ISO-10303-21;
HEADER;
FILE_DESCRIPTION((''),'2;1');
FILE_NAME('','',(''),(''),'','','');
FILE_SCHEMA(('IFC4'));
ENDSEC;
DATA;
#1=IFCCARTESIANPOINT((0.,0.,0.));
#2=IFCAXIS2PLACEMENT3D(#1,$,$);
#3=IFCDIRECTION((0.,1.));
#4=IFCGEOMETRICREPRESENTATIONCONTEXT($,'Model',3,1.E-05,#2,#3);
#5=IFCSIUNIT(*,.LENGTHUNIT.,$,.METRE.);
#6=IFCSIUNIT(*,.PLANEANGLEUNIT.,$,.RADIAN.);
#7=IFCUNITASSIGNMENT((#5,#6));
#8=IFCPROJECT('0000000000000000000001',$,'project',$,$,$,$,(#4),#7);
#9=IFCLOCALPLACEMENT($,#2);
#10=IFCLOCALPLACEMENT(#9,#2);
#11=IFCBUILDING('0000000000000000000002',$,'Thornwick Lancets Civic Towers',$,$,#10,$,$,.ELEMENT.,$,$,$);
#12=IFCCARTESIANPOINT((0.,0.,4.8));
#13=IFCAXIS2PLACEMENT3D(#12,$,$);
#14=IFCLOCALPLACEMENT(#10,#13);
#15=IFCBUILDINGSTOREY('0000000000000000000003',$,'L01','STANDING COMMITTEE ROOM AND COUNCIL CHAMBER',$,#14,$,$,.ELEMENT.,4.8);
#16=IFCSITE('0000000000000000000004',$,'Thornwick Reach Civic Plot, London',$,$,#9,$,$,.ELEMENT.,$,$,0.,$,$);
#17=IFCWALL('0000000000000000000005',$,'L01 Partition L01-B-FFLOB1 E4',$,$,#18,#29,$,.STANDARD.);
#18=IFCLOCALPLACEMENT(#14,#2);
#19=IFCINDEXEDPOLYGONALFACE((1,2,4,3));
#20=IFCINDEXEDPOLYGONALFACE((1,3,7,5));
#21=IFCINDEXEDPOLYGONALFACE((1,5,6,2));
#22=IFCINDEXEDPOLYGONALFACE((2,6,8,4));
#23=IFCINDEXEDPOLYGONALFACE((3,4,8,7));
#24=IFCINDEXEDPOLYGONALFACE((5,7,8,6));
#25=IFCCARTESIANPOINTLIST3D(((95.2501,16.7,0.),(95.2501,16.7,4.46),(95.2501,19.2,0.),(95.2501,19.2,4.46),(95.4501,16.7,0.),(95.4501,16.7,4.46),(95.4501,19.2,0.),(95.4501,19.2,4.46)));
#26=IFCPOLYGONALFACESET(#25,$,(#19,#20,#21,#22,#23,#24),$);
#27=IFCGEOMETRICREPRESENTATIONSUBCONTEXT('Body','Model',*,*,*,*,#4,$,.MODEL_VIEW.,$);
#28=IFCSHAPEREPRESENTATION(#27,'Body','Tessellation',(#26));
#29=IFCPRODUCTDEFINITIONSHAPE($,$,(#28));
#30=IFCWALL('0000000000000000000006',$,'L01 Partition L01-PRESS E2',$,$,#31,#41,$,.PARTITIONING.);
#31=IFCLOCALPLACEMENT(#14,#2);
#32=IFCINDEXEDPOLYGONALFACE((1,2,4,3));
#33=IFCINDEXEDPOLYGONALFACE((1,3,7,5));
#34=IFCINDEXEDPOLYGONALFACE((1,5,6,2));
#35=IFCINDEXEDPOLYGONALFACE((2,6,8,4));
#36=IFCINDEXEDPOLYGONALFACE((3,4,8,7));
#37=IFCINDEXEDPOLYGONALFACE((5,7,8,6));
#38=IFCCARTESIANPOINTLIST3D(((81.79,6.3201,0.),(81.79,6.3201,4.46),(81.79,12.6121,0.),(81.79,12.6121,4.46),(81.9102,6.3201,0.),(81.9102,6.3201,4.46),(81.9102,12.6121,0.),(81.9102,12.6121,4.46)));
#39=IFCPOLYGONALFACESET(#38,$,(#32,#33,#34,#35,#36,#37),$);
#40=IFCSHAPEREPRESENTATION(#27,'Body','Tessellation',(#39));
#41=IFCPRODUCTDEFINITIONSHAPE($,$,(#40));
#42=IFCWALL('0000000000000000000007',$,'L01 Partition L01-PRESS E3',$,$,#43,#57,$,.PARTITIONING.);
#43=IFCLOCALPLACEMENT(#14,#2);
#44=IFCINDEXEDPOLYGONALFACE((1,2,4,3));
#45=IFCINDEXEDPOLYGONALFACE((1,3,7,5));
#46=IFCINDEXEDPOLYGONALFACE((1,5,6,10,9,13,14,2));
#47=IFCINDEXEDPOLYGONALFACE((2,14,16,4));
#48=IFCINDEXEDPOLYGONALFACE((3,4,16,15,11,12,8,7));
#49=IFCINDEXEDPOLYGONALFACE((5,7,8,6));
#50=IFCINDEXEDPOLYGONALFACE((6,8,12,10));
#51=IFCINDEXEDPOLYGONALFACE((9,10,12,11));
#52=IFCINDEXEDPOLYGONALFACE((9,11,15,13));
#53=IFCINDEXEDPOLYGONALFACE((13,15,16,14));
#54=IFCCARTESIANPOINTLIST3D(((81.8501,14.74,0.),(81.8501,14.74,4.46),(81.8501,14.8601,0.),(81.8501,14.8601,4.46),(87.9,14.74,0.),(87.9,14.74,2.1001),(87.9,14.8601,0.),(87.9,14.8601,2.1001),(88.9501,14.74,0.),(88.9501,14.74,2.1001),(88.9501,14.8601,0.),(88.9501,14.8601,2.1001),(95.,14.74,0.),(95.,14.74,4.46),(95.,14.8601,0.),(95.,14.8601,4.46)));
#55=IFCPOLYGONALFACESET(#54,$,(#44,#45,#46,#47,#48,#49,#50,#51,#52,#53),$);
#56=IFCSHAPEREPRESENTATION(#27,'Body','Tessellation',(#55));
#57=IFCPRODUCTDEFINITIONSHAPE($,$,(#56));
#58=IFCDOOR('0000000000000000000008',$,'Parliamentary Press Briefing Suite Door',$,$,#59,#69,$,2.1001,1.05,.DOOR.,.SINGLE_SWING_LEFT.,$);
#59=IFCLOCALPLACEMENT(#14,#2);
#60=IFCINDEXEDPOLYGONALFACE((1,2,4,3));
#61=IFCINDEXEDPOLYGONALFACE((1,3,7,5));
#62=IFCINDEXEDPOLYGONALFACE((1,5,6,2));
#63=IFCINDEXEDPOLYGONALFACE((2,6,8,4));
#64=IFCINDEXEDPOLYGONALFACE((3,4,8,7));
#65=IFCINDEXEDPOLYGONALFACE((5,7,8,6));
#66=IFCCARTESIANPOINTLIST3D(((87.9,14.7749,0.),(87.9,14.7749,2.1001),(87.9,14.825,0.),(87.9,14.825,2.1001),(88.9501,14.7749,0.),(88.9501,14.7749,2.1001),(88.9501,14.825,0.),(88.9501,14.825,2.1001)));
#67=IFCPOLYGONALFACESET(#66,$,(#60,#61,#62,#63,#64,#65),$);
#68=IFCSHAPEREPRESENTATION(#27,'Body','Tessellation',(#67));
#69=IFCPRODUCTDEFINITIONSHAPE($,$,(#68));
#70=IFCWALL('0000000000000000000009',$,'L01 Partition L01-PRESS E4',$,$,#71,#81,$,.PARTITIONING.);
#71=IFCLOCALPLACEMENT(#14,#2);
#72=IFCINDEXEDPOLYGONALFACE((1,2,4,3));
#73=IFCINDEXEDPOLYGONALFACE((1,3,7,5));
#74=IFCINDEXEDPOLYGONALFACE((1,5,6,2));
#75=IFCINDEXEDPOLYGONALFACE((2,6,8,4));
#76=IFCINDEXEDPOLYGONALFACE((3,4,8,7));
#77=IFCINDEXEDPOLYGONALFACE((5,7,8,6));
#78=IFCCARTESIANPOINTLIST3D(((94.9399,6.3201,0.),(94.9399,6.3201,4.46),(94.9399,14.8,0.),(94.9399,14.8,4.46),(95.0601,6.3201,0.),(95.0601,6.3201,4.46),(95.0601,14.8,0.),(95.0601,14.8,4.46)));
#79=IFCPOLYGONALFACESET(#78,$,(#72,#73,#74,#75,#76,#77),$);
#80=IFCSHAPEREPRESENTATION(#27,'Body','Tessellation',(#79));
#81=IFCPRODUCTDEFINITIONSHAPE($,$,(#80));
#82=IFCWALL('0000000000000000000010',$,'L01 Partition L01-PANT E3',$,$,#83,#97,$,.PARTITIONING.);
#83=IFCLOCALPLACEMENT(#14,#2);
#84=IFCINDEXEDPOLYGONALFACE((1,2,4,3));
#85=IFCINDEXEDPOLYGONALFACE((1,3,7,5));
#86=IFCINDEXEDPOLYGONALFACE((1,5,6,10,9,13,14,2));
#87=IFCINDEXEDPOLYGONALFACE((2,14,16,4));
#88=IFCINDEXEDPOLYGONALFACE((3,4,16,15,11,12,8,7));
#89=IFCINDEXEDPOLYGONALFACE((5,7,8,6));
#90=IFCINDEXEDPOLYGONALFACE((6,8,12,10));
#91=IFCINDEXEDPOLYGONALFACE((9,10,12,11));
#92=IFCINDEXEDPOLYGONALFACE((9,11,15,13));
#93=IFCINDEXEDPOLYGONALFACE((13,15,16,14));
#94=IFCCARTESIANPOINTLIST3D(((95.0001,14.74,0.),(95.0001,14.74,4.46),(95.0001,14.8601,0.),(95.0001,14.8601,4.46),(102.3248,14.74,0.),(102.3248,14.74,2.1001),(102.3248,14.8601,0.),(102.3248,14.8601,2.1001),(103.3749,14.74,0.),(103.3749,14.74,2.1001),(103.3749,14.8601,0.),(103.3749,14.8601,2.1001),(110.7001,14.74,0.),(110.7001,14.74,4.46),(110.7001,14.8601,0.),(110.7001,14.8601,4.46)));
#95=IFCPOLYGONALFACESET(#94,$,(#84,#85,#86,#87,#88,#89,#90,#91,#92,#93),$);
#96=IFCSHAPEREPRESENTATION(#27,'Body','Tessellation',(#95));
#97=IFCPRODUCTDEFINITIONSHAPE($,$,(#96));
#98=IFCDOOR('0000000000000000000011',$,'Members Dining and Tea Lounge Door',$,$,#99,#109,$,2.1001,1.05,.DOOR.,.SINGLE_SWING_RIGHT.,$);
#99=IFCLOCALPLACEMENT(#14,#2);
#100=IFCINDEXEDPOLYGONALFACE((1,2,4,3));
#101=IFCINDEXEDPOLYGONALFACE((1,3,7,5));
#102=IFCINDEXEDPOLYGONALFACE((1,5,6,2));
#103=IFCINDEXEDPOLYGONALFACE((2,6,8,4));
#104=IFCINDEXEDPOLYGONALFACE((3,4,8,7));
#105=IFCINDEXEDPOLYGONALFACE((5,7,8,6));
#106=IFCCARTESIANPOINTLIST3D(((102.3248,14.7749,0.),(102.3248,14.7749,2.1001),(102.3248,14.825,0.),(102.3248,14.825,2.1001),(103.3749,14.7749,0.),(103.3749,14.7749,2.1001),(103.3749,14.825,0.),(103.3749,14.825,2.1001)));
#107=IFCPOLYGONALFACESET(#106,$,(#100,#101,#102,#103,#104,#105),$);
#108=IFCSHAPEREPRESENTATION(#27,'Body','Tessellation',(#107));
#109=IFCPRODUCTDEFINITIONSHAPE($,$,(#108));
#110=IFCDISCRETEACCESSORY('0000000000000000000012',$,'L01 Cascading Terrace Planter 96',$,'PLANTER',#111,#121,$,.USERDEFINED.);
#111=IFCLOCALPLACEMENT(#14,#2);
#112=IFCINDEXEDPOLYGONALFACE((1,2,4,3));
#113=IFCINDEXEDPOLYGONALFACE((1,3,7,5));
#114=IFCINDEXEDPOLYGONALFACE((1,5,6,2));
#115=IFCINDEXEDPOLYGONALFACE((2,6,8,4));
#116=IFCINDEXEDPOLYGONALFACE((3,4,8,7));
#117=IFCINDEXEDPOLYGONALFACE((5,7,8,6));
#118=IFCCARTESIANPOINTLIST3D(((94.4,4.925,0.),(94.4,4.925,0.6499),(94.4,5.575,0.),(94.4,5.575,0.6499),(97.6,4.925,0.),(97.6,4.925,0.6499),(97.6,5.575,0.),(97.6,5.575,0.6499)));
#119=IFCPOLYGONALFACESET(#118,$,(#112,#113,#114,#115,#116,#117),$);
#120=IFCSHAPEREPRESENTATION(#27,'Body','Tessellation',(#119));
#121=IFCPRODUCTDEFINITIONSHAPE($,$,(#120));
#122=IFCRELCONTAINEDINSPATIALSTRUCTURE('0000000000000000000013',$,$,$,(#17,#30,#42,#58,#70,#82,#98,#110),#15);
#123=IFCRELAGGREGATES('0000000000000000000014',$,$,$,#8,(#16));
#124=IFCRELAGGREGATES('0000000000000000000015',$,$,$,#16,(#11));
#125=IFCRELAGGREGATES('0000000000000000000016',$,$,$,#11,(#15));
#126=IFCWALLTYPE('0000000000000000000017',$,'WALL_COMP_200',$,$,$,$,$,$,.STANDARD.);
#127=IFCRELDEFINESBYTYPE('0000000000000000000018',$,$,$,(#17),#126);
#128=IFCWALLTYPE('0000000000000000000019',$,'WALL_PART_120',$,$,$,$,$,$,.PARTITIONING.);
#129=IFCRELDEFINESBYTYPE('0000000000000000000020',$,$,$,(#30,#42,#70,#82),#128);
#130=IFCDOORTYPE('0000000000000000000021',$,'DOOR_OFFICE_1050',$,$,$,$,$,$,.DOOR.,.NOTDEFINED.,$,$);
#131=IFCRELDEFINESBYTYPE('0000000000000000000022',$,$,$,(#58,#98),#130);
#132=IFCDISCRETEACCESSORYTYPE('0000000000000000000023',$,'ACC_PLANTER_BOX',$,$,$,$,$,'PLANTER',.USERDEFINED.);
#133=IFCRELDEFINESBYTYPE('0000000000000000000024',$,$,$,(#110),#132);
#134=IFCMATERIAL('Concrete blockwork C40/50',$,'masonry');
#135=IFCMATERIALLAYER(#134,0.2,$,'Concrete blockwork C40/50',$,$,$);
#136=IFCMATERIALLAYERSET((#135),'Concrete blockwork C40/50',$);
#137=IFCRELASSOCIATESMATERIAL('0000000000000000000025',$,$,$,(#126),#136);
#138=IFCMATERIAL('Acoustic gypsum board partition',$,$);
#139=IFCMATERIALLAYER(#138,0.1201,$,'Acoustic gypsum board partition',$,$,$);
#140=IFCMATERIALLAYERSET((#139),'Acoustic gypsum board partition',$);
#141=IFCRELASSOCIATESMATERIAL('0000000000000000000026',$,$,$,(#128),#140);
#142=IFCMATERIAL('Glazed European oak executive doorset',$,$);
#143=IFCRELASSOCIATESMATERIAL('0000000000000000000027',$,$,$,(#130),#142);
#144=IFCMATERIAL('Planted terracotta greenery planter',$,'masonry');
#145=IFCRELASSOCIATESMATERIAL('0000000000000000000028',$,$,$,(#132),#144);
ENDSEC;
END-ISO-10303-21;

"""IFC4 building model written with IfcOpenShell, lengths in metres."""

from ifc_helpers import new_model, si_unit, direction, frame, frame_2d, origin, origin_2d, place, context, subcontext, project, spatial, rectangle, extrude, material, layer, layer_set, type_object, element, fill, save


model = new_model("IFC4")

# Units and contexts
model_context = context("Model", 3, precision=1e-05, world=origin(), true_north=direction((0.0, 1.0)))
body_context = subcontext(model_context, "Body", "Model", "MODEL_VIEW")
ifc_project = project(units=[si_unit("LENGTHUNIT", "METRE"), si_unit("PLANEANGLEUNIT", "RADIAN")], contexts=[model_context])

# Site, building, storey
site_placement = place(None, origin())
site = spatial("IfcSite", under=ifc_project, at=site_placement, Name="Thornwick Reach Civic Plot, London", CompositionType="ELEMENT", RefElevation=0.0)
building_placement = place(site_placement, origin())
building = spatial("IfcBuilding", under=site, at=building_placement, Name="Thornwick Lancets Civic Towers", CompositionType="ELEMENT")
storey_placement = place(building_placement, frame((0.0, 0.0, 4.8)))
storey = spatial("IfcBuildingStorey", under=building, at=storey_placement, Name="L01", Description="STANDING COMMITTEE ROOM AND COUNCIL CHAMBER", CompositionType="ELEMENT", Elevation=4.8)

# Shared definitions
ifc_material_1 = material(Name="Concrete blockwork C40/50", Category="masonry")
ifc_layer_1 = layer(ifc_material_1, 0.2, Name="Concrete blockwork C40/50")
ifc_layer_set_1 = layer_set([ifc_layer_1], Name="Concrete blockwork C40/50")
wall_type_1 = type_object("IfcWallType", Name="WALL_COMP_200", PredefinedType="STANDARD", material=ifc_layer_set_1)

# Walls
wall_1_placement = place(storey_placement, frame((95.3501, 19.2, 0.0), z_axis=(0.0, 0.0, 1.0), x_axis=(0.0, -1.0, 0.0)))
element("IfcWall", 1, at=wall_1_placement, inside=storey, type_object=wall_type_1, Name="L01 Partition L01-B-FFLOB1 E4", PredefinedType="STANDARD", context=body_context, shape_type="SweptSolid", body=[
    extrude(rectangle(XDim=2.5, YDim=0.2, at=frame_2d((1.25, 0.0))), origin(), (0.0, 0.0, 1.0), 4.46),
])
ifc_material_2 = material(Name="Acoustic gypsum board partition")
ifc_layer_2 = layer(ifc_material_2, 0.1201, Name="Acoustic gypsum board partition")
ifc_layer_set_2 = layer_set([ifc_layer_2], Name="Acoustic gypsum board partition")
wall_type_2 = type_object("IfcWallType", Name="WALL_PART_120", PredefinedType="PARTITIONING", material=ifc_layer_set_2)
wall_2_placement = place(storey_placement, frame((81.8501, 6.3201, 0.0), z_axis=(0.0, 0.0, 1.0), x_axis=(0.0, 1.0, 0.0)))
element("IfcWall", 2, at=wall_2_placement, inside=storey, type_object=wall_type_2, Name="L01 Partition L01-PRESS E2", PredefinedType="PARTITIONING", context=body_context, shape_type="SweptSolid", body=[
    extrude(rectangle(XDim=6.292, YDim=0.1201, at=frame_2d((3.146, 0.0))), origin(), (0.0, 0.0, 1.0), 4.46),
])

# Wall, opening, door
wall_3_placement = place(storey_placement, frame((81.8501, 14.8, 0.0), z_axis=(0.0, 0.0, 1.0), x_axis=(1.0, 0.0, 0.0)))
wall_3 = element("IfcWall", 3, at=wall_3_placement, inside=storey, type_object=wall_type_2, Name="L01 Partition L01-PRESS E3", PredefinedType="PARTITIONING", context=body_context, shape_type="SweptSolid", body=[
    extrude(rectangle(XDim=13.1499, YDim=0.1201, at=frame_2d((6.575, 0.0))), origin(), (0.0, 0.0, 1.0), 4.46),
])
opening_1_placement = place(wall_3_placement, frame((6.05, 0.0, 0.0)))
opening_1 = element("IfcOpeningElement", 4, at=opening_1_placement, cuts=wall_3, PredefinedType="OPENING", context=body_context, shape_type="SweptSolid", body=[
    extrude(rectangle(XDim=1.05, YDim=2.1001, at=frame_2d((0.5249, 1.05))), frame((0.0, 0.0701, 0.0), z_axis=(0.0, -1.0, 0.0), x_axis=(1.0, 0.0, 0.0)), (0.0, 0.0, 1.0), 0.1401),
])
ifc_material_3 = material(Name="Glazed European oak executive doorset")
door_type_1 = type_object("IfcDoorType", Name="DOOR_OFFICE_1050", OperationType="NOTDEFINED", PredefinedType="DOOR", material=ifc_material_3)
door_1_placement = place(opening_1_placement, origin())
door_1 = element("IfcDoor", 5, at=door_1_placement, inside=storey, type_object=door_type_1, Name="Parliamentary Press Briefing Suite Door", OperationType="SINGLE_SWING_LEFT", OverallHeight=2.1001, OverallWidth=1.05, PredefinedType="DOOR", context=body_context, shape_type="SweptSolid", body=[
    extrude(rectangle(XDim=1.05, YDim=2.1001, at=frame_2d((0.5249, 1.05))), frame((0.0, 0.0249, 0.0), z_axis=(0.0, -1.0, 0.0), x_axis=(1.0, 0.0, 0.0)), (0.0, 0.0, 1.0), 0.05),
])
fill(opening_1, door_1)

# Wall
wall_4_placement = place(storey_placement, frame((95.0, 14.8, 0.0), z_axis=(0.0, 0.0, 1.0), x_axis=(0.0, -1.0, 0.0)))
element("IfcWall", 6, at=wall_4_placement, inside=storey, type_object=wall_type_2, Name="L01 Partition L01-PRESS E4", PredefinedType="PARTITIONING", context=body_context, shape_type="SweptSolid", body=[
    extrude(rectangle(XDim=8.48, YDim=0.1201, at=frame_2d((4.24, 0.0))), origin(), (0.0, 0.0, 1.0), 4.46),
])

# Wall, opening, door
wall_5_placement = place(storey_placement, frame((95.0, 14.8, 0.0), z_axis=(0.0, 0.0, 1.0), x_axis=(1.0, 0.0, 0.0)))
wall_5 = element("IfcWall", 7, at=wall_5_placement, inside=storey, type_object=wall_type_2, Name="L01 Partition L01-PANT E3", PredefinedType="PARTITIONING", context=body_context, shape_type="SweptSolid", body=[
    extrude(rectangle(XDim=15.7, YDim=0.1201, at=frame_2d((7.8501, 0.0))), origin(), (0.0, 0.0, 1.0), 4.46),
])
opening_2_placement = place(wall_5_placement, frame((7.325, 0.0, 0.0)))
opening_2 = element("IfcOpeningElement", 8, at=opening_2_placement, cuts=wall_5, PredefinedType="OPENING", context=body_context, shape_type="SweptSolid", body=[
    extrude(rectangle(XDim=1.05, YDim=2.1001, at=frame_2d((0.5249, 1.05))), frame((0.0, 0.0701, 0.0), z_axis=(0.0, -1.0, 0.0), x_axis=(1.0, 0.0, 0.0)), (0.0, 0.0, 1.0), 0.1401),
])
door_2_placement = place(opening_2_placement, origin())
door_2 = element("IfcDoor", 9, at=door_2_placement, inside=storey, type_object=door_type_1, Name="Members Dining and Tea Lounge Door", OperationType="SINGLE_SWING_RIGHT", OverallHeight=2.1001, OverallWidth=1.05, PredefinedType="DOOR", context=body_context, shape_type="SweptSolid", body=[
    extrude(rectangle(XDim=1.05, YDim=2.1001, at=frame_2d((0.5249, 1.05))), frame((0.0, 0.0249, 0.0), z_axis=(0.0, -1.0, 0.0), x_axis=(1.0, 0.0, 0.0)), (0.0, 0.0, 1.0), 0.05),
])
fill(opening_2, door_2)

# Discrete accessory
ifc_material_4 = material(Name="Planted terracotta greenery planter", Category="masonry")
discrete_accessory_type = type_object("IfcDiscreteAccessoryType", Name="ACC_PLANTER_BOX", ElementType="PLANTER", PredefinedType="USERDEFINED", material=ifc_material_4)
discrete_accessory_placement = place(storey_placement, frame((96.0, 5.25, 0.0), z_axis=(0.0, 0.0, 1.0), x_axis=(1.0, 0.0, 0.0)))
element("IfcDiscreteAccessory", 10, at=discrete_accessory_placement, inside=storey, type_object=discrete_accessory_type, Name="L01 Cascading Terrace Planter 96", ObjectType="PLANTER", PredefinedType="USERDEFINED", context=body_context, shape_type="SweptSolid", body=[
    extrude(rectangle(XDim=3.2, YDim=0.6499, at=origin_2d()), origin(), (0.0, 0.0, 1.0), 0.6499),
])

save(model, "model.ifc")
